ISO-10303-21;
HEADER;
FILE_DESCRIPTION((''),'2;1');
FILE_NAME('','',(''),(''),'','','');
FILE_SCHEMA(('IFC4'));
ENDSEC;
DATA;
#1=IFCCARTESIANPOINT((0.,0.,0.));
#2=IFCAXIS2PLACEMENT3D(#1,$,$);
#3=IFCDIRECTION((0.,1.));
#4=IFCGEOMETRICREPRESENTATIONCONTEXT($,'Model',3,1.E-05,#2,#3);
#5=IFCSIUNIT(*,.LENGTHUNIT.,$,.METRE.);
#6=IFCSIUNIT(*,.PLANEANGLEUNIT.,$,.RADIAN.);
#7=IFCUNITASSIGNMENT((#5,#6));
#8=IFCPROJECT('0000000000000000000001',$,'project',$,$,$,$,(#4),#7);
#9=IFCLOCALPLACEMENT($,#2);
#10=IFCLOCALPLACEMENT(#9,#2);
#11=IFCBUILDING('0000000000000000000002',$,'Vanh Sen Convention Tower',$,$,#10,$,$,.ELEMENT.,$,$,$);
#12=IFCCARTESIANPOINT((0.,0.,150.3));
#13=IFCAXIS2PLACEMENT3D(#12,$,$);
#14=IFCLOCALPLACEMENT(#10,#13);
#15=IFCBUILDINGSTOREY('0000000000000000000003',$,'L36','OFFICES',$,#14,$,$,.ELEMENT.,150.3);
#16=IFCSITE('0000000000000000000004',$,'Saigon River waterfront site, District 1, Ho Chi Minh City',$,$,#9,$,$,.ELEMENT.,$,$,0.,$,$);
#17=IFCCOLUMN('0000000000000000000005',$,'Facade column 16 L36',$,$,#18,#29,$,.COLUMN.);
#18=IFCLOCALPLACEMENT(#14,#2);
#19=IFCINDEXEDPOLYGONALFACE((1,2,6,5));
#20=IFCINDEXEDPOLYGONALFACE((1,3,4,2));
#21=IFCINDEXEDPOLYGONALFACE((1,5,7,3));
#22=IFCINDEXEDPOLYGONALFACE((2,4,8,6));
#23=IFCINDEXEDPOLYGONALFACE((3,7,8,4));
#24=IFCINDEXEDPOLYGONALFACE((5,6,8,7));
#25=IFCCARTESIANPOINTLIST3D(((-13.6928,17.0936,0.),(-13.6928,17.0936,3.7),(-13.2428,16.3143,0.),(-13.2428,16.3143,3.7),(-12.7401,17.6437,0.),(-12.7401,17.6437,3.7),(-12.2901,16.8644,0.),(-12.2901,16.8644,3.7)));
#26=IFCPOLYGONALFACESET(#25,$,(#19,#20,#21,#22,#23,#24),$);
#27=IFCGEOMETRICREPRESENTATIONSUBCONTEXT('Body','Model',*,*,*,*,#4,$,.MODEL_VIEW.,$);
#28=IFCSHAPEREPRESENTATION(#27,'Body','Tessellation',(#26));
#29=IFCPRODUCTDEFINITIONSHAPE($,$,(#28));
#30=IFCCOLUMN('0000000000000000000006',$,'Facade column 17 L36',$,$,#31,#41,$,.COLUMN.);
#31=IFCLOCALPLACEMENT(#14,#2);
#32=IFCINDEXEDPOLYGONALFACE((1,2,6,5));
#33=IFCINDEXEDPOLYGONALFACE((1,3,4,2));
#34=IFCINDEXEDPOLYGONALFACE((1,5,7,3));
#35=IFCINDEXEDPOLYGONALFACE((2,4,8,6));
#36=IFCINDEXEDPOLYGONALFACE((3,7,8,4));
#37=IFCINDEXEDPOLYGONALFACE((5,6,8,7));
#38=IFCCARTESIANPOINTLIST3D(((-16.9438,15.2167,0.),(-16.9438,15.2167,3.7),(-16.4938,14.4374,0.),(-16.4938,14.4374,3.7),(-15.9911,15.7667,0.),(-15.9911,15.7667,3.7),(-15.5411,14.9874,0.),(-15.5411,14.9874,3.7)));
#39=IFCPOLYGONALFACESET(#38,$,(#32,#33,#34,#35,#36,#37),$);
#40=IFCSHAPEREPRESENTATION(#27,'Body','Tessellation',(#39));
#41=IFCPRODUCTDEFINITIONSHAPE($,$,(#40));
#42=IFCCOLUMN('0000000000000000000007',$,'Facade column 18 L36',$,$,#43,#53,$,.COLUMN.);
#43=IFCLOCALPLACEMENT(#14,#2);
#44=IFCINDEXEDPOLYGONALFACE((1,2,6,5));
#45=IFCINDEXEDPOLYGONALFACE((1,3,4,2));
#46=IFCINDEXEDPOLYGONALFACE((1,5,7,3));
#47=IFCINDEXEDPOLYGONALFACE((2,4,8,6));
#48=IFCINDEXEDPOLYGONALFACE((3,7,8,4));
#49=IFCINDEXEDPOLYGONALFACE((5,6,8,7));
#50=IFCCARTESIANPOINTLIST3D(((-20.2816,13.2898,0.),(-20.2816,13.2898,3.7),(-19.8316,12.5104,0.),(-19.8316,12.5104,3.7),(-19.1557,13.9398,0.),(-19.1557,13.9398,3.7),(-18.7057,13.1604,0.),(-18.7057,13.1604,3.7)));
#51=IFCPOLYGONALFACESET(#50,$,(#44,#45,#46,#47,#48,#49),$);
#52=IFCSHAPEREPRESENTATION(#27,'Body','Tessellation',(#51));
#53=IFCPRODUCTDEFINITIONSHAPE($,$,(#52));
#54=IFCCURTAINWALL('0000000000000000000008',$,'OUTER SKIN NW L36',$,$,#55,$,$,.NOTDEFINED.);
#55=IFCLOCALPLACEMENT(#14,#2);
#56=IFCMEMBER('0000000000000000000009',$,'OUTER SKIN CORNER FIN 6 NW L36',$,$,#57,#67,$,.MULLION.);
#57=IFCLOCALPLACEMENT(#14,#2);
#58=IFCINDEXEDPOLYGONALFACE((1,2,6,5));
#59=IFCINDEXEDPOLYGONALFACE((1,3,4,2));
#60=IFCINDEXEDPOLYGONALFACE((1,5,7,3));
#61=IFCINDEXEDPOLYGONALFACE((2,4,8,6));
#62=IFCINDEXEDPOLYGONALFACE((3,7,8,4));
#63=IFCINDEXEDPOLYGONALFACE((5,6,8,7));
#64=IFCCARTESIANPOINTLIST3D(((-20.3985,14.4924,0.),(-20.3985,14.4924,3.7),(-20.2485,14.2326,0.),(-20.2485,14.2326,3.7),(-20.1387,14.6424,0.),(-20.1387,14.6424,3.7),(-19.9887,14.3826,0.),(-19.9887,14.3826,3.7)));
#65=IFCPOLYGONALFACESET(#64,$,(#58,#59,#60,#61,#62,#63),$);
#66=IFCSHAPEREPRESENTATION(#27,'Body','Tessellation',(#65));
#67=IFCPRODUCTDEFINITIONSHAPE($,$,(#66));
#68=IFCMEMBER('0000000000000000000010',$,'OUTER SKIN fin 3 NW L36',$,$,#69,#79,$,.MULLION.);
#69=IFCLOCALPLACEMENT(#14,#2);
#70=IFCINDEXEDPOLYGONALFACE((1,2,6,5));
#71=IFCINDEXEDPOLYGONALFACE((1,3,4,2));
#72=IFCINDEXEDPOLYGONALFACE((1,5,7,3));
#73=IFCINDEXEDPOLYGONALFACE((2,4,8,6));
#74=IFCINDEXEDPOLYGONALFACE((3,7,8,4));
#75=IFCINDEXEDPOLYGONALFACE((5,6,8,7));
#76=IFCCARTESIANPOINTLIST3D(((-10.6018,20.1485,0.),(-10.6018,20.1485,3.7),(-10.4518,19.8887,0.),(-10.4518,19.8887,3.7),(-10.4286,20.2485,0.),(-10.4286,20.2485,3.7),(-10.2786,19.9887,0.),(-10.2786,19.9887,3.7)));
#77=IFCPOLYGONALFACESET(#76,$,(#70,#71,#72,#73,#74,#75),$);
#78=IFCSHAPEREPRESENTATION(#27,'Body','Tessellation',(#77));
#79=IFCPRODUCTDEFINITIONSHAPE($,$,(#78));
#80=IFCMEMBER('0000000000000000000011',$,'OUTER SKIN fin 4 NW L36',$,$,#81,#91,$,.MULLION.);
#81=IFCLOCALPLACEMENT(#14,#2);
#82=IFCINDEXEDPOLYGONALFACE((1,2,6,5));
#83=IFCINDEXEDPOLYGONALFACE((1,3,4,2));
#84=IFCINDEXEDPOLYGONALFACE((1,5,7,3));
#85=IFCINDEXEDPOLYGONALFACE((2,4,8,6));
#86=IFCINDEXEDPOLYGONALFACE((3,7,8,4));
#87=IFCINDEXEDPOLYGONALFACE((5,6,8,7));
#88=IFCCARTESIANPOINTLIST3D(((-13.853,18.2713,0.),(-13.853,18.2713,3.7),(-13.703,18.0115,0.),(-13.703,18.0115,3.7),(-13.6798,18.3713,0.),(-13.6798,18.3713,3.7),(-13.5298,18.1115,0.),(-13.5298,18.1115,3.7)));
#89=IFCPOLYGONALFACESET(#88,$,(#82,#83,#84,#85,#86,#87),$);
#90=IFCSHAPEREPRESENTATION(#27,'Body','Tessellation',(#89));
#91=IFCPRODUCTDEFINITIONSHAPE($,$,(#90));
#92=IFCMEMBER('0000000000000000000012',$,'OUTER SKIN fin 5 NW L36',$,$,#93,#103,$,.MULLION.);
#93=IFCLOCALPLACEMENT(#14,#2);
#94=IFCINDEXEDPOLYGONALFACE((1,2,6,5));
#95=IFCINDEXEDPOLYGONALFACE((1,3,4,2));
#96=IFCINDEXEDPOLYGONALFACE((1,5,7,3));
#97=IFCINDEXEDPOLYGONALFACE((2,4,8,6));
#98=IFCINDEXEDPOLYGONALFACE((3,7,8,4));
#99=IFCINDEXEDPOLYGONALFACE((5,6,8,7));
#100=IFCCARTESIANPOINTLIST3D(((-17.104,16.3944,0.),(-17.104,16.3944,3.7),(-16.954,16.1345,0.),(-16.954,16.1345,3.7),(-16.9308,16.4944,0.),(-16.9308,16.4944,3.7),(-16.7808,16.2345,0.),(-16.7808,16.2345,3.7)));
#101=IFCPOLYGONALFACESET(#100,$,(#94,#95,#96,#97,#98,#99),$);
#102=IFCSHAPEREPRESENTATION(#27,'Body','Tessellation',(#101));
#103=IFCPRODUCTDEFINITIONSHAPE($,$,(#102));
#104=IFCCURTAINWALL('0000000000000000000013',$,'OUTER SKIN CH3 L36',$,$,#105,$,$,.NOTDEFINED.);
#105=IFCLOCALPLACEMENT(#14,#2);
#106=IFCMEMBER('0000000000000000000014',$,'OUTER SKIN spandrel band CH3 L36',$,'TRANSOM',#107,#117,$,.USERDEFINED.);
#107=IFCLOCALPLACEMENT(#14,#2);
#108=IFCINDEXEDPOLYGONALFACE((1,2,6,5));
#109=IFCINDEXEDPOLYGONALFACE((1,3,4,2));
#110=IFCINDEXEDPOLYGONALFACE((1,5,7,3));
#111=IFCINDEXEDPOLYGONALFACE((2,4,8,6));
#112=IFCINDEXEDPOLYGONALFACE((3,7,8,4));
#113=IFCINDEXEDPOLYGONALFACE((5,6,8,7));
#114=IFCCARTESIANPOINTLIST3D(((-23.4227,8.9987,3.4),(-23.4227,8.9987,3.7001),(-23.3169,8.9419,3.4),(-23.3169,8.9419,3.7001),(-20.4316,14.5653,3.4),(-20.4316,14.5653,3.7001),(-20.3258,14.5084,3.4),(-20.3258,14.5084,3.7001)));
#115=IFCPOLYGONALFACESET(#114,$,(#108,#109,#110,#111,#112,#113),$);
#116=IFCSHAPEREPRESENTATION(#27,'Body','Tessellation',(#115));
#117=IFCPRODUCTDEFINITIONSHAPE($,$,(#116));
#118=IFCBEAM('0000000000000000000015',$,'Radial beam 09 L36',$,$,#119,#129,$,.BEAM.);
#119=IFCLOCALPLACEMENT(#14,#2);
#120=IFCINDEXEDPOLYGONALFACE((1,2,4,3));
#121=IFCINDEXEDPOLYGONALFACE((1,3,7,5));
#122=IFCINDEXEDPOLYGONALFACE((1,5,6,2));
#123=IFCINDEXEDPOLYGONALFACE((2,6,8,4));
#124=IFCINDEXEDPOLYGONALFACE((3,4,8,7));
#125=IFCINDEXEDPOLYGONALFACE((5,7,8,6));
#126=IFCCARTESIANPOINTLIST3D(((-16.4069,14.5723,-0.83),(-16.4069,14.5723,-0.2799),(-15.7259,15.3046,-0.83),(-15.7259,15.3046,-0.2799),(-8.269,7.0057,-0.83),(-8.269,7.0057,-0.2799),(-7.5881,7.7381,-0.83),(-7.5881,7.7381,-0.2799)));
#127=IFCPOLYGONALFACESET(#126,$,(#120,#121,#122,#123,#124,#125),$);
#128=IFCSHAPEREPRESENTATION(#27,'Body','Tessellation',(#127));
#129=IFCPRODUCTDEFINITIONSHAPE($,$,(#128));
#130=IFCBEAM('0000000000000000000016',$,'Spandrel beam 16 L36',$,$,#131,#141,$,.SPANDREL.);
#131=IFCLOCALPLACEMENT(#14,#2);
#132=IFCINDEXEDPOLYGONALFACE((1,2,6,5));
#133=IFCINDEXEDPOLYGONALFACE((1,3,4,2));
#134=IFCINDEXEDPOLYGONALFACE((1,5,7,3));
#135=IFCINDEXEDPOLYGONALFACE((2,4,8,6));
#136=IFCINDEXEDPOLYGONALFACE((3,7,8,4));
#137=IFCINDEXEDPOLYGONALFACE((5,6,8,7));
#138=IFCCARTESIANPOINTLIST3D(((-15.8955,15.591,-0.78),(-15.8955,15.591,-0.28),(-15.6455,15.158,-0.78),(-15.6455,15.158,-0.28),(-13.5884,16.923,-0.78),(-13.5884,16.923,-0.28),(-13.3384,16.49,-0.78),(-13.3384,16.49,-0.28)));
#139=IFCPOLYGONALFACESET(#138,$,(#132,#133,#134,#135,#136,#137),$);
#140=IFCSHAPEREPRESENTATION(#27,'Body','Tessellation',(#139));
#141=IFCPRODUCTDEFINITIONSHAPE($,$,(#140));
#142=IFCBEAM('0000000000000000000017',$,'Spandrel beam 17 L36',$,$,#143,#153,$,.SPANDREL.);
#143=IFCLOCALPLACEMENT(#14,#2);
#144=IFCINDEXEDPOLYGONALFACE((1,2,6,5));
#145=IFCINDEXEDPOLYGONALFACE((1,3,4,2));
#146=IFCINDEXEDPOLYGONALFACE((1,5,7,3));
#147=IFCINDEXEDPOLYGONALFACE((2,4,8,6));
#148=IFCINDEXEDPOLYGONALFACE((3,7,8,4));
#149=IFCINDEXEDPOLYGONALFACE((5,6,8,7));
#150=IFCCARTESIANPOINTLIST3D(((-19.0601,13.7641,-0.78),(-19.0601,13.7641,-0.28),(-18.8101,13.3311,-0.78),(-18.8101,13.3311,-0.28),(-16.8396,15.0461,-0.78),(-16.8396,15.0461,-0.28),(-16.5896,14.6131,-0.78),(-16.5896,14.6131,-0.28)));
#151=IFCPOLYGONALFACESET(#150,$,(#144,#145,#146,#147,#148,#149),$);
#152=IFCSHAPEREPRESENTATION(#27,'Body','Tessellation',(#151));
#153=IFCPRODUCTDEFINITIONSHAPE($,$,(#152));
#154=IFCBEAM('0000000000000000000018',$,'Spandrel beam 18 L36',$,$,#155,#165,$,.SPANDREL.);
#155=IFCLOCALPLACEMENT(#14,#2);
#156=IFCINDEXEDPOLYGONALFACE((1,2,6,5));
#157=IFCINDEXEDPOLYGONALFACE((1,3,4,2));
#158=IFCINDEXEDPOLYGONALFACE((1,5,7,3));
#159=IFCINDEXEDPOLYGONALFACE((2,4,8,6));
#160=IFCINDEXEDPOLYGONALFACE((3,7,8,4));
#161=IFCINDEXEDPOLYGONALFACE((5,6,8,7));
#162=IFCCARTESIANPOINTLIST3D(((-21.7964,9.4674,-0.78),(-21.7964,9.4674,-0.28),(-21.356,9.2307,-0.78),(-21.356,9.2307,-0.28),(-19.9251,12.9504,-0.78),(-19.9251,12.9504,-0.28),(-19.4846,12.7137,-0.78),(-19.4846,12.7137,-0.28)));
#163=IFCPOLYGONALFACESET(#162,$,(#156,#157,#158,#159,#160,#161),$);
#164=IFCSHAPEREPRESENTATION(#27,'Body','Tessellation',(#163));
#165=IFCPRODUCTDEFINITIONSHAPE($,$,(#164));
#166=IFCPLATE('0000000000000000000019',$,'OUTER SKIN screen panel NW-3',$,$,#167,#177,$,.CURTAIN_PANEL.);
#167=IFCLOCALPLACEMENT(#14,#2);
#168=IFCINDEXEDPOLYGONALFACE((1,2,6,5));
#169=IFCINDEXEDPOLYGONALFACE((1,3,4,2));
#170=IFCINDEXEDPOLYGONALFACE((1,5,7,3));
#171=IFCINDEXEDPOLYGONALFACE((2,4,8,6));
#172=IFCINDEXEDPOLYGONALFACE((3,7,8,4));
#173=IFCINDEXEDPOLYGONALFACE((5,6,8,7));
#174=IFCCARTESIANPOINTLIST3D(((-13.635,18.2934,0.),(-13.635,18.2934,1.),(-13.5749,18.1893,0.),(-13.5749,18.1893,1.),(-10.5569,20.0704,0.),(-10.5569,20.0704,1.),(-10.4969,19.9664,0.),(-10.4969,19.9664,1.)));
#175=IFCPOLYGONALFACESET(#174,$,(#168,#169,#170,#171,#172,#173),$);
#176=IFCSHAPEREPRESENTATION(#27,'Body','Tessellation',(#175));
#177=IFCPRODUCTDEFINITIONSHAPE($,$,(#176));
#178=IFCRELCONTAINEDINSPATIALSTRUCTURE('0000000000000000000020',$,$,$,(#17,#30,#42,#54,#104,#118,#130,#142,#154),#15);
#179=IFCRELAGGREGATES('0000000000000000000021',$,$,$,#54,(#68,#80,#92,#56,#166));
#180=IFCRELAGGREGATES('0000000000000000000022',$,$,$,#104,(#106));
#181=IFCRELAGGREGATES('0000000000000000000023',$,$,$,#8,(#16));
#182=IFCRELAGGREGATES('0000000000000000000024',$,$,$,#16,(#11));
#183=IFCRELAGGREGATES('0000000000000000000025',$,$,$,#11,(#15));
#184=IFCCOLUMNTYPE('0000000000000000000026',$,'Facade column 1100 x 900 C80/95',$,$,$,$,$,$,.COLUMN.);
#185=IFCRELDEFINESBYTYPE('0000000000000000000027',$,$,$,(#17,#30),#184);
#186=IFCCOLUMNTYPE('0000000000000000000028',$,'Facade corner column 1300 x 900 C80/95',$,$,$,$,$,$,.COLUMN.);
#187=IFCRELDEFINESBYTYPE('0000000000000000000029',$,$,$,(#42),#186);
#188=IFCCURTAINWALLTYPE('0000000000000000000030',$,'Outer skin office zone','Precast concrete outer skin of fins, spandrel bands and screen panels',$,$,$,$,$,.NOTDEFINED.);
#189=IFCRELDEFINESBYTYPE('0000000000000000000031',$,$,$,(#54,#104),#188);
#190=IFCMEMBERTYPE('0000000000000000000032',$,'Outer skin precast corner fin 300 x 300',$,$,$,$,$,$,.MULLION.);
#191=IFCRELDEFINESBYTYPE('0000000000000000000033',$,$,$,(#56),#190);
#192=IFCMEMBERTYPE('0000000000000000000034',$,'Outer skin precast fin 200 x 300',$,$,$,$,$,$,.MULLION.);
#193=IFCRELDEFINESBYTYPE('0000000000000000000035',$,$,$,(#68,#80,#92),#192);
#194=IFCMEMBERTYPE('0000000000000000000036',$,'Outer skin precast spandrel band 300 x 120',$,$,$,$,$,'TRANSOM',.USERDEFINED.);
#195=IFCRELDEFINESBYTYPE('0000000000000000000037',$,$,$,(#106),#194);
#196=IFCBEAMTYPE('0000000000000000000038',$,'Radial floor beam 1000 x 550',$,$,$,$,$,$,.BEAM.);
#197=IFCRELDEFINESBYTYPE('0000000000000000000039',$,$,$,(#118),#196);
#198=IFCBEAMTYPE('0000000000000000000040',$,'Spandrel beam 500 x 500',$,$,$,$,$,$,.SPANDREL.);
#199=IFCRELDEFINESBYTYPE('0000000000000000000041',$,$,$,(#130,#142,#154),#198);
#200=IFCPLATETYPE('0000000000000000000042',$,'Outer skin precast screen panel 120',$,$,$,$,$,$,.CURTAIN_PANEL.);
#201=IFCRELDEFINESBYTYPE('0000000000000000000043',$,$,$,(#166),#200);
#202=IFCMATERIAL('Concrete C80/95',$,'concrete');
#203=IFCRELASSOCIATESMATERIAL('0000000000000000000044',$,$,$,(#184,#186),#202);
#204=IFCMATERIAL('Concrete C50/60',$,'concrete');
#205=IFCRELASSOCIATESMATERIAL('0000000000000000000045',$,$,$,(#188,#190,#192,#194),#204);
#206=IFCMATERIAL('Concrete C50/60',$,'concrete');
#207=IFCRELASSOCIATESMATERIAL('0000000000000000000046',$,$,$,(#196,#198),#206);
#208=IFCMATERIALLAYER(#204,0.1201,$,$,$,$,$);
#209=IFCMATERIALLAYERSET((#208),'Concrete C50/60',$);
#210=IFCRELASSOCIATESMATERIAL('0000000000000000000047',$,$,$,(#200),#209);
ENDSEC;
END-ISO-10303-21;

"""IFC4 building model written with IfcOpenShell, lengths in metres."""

from ifc_helpers import new_model, si_unit, direction, frame, origin, origin_2d, place, context, subcontext, project, spatial, rectangle, extrude, material, layer, layer_set, material_profile, profile_set, type_object, element, aggregate, save


model = new_model("IFC4")

# Units and contexts
model_context = context("Model", 3, precision=1e-05, world=origin(), true_north=direction((0.0, 1.0)))
body_context = subcontext(model_context, "Body", "Model", "MODEL_VIEW")
ifc_project = project(units=[si_unit("LENGTHUNIT", "METRE"), si_unit("PLANEANGLEUNIT", "RADIAN")], contexts=[model_context])

# Site, building, storey
site_placement = place(None, origin())
site = spatial("IfcSite", under=ifc_project, at=site_placement, Name="Saigon River waterfront site, District 1, Ho Chi Minh City", CompositionType="ELEMENT", RefElevation=0.0)
building_placement = place(site_placement, origin())
building = spatial("IfcBuilding", under=site, at=building_placement, Name="Vanh Sen Convention Tower", CompositionType="ELEMENT")
storey_placement = place(building_placement, frame((0.0, 0.0, 150.3)))
storey = spatial("IfcBuildingStorey", under=building, at=storey_placement, Name="L36", Description="OFFICES", CompositionType="ELEMENT", Elevation=150.3)

# Columns
ifc_material_1 = material(Name="Concrete C80/95", Category="concrete")
ifc_material_profile_1 = material_profile(ifc_material_1, rectangle(XDim=1.1001, YDim=0.8999, at=origin_2d()), Name="RC 1100X900")
ifc_profile_set_1 = profile_set([ifc_material_profile_1], Name="Concrete C80/95")
column_type_1 = type_object("IfcColumnType", Name="Facade column 1100 x 900 C80/95", PredefinedType="COLUMN", material=ifc_profile_set_1)
for number, where, z_axis, x_axis, name in (
    (1, (-12.9915, 16.979, 0.0), (0.0, 0.0, 1.0), (-0.866025, -0.5, 0.0), "Facade column 16 L36"),
    (2, (-16.2424, 15.1021, 0.0), (0.0, 0.0, 1.0), (-0.866025, -0.5, 0.0), "Facade column 17 L36"),
):
    element("IfcColumn", number, at=place(storey_placement, frame(where, z_axis=z_axis, x_axis=x_axis)), inside=storey, type_object=column_type_1, Name=name, PredefinedType="COLUMN", context=body_context, shape_type="SweptSolid", body=[
        extrude(rectangle(XDim=1.1001, YDim=0.8999, at=origin_2d()), origin(), (0.0, 0.0, 1.0), 3.7),
    ])
ifc_material_profile_2 = material_profile(ifc_material_1, rectangle(XDim=1.3, YDim=0.8999, at=origin_2d()), Name="RC 1300X900")
ifc_profile_set_2 = profile_set([ifc_material_profile_2], Name="Concrete C80/95")
column_type_2 = type_object("IfcColumnType", Name="Facade corner column 1300 x 900 C80/95", PredefinedType="COLUMN", material=ifc_profile_set_2)
column_placement = place(storey_placement, frame((-19.4937, 13.2251, 0.0), z_axis=(0.0, 0.0, 1.0), x_axis=(-0.866025, -0.5, 0.0)))
element("IfcColumn", 3, at=column_placement, inside=storey, type_object=column_type_2, Name="Facade column 18 L36", PredefinedType="COLUMN", context=body_context, shape_type="SweptSolid", body=[
    extrude(rectangle(XDim=1.3, YDim=0.8999, at=origin_2d()), origin(), (0.0, 0.0, 1.0), 3.7),
])

# Curtain wall, members
ifc_material_2 = material(Name="Concrete C50/60", Category="concrete")
curtain_wall_type = type_object("IfcCurtainWallType", Name="Outer skin office zone", Description="Precast concrete outer skin of fins, spandrel bands and screen panels", PredefinedType="NOTDEFINED", material=ifc_material_2)
curtain_wall_1_placement = place(storey_placement, origin())
curtain_wall_1 = element("IfcCurtainWall", 4, at=curtain_wall_1_placement, inside=storey, type_object=curtain_wall_type, Name="OUTER SKIN NW L36", PredefinedType="NOTDEFINED")
ifc_material_profile_3 = material_profile(ifc_material_2, rectangle(XDim=0.3, YDim=0.3, at=origin_2d()), Name="Outer skin precast corner fin 300 x 300")
ifc_profile_set_3 = profile_set([ifc_material_profile_3], Name="Concrete C50/60")
member_type_1 = type_object("IfcMemberType", Name="Outer skin precast corner fin 300 x 300", PredefinedType="MULLION", material=ifc_profile_set_3)
member_1_placement = place(storey_placement, frame((-20.1936, 14.4375, 0.0), z_axis=(0.0, 0.0, 1.0), x_axis=(-0.866025, -0.5, 0.0)))
member_1 = element("IfcMember", 5, at=member_1_placement, type_object=member_type_1, Name="OUTER SKIN CORNER FIN 6 NW L36", PredefinedType="MULLION", context=body_context, shape_type="SweptSolid", body=[
    extrude(rectangle(XDim=0.3, YDim=0.3, at=origin_2d()), origin(), (0.0, 0.0, 1.0), 3.7),
])
ifc_material_profile_4 = material_profile(ifc_material_2, rectangle(XDim=0.2, YDim=0.3, at=origin_2d()), Name="Outer skin precast fin 200 x 300")
ifc_profile_set_4 = profile_set([ifc_material_profile_4], Name="Concrete C50/60")
member_type_2 = type_object("IfcMemberType", Name="Outer skin precast fin 200 x 300", PredefinedType="MULLION", material=ifc_profile_set_4)
member_2_placement = place(storey_placement, frame((-10.4402, 20.0686, 0.0), z_axis=(0.0, 0.0, 1.0), x_axis=(-0.866025, -0.5, 0.0)))
member_2 = element("IfcMember", 6, at=member_2_placement, type_object=member_type_2, Name="OUTER SKIN fin 3 NW L36", PredefinedType="MULLION", context=body_context, shape_type="SweptSolid", body=[
    extrude(rectangle(XDim=0.2, YDim=0.3, at=origin_2d()), origin(), (0.0, 0.0, 1.0), 3.7),
])
member_3_placement = place(storey_placement, frame((-13.6914, 18.1914, 0.0), z_axis=(0.0, 0.0, 1.0), x_axis=(-0.866025, -0.5, 0.0)))
member_3 = element("IfcMember", 7, at=member_3_placement, type_object=member_type_2, Name="OUTER SKIN fin 4 NW L36", PredefinedType="MULLION", context=body_context, shape_type="SweptSolid", body=[
    extrude(rectangle(XDim=0.2, YDim=0.3, at=origin_2d()), origin(), (0.0, 0.0, 1.0), 3.7),
])
member_4_placement = place(storey_placement, frame((-16.9424, 16.3145, 0.0), z_axis=(0.0, 0.0, 1.0), x_axis=(-0.866025, -0.5, 0.0)))
member_4 = element("IfcMember", 8, at=member_4_placement, type_object=member_type_2, Name="OUTER SKIN fin 5 NW L36", PredefinedType="MULLION", context=body_context, shape_type="SweptSolid", body=[
    extrude(rectangle(XDim=0.2, YDim=0.3, at=origin_2d()), origin(), (0.0, 0.0, 1.0), 3.7),
])

# Curtain wall, member
curtain_wall_2_placement = place(storey_placement, origin())
curtain_wall_2 = element("IfcCurtainWall", 9, at=curtain_wall_2_placement, inside=storey, type_object=curtain_wall_type, Name="OUTER SKIN CH3 L36", PredefinedType="NOTDEFINED")
ifc_material_profile_5 = material_profile(ifc_material_2, rectangle(XDim=0.1201, YDim=0.3, at=origin_2d()), Name="Outer skin precast spandrel band 300 x 120")
ifc_profile_set_5 = profile_set([ifc_material_profile_5], Name="Concrete C50/60")
member_type_3 = type_object("IfcMemberType", Name="Outer skin precast spandrel band 300 x 120", ElementType="TRANSOM", PredefinedType="USERDEFINED", material=ifc_profile_set_5)
member_5_placement = place(storey_placement, frame((-20.3787, 14.5369, 3.55), z_axis=(-0.473337, -0.880881, 0.0), x_axis=(0.880881, -0.473337, 0.0)))
member_5 = element("IfcMember", 10, at=member_5_placement, type_object=member_type_3, Name="OUTER SKIN spandrel band CH3 L36", ObjectType="TRANSOM", PredefinedType="USERDEFINED", context=body_context, shape_type="SweptSolid", body=[
    extrude(rectangle(XDim=0.1201, YDim=0.3, at=origin_2d()), origin(), (0.0, 0.0, 1.0), 6.3193),
])

# Beams
ifc_material_3 = material(Name="Concrete C50/60", Category="concrete")
ifc_material_profile_6 = material_profile(ifc_material_3, rectangle(XDim=1.0, YDim=0.55, at=origin_2d()), Name="RC 1000X550")
ifc_profile_set_6 = profile_set([ifc_material_profile_6], Name="Concrete C50/60")
beam_type_1 = type_object("IfcBeamType", Name="Radial floor beam 1000 x 550", PredefinedType="BEAM", material=ifc_profile_set_6)
beam_1_placement = place(storey_placement, frame((-16.0664, 14.9385, -0.5549), z_axis=(0.732345, -0.680934, 0.0), x_axis=(0.680934, 0.732345, 0.0)))
element("IfcBeam", 11, at=beam_1_placement, inside=storey, type_object=beam_type_1, Name="Radial beam 09 L36", PredefinedType="BEAM", context=body_context, shape_type="SweptSolid", body=[
    extrude(rectangle(XDim=1.0, YDim=0.55, at=origin_2d()), origin(), (0.0, 0.0, 1.0), 11.1121),
])
ifc_material_profile_7 = material_profile(ifc_material_3, rectangle(XDim=0.5, YDim=0.5, at=origin_2d()), Name="RC 500X500")
ifc_profile_set_7 = profile_set([ifc_material_profile_7], Name="Concrete C50/60")
beam_type_2 = type_object("IfcBeamType", Name="Spandrel beam 500 x 500", PredefinedType="SPANDREL", material=ifc_profile_set_7)
beam_2_placement = place(storey_placement, frame((-13.4634, 16.7065, -0.53), z_axis=(-0.866024, -0.500003, 0.0), x_axis=(0.500003, -0.866024, 0.0)))
element("IfcBeam", 12, at=beam_2_placement, inside=storey, type_object=beam_type_2, Name="Spandrel beam 16 L36", PredefinedType="SPANDREL", context=body_context, shape_type="SweptSolid", body=[
    extrude(rectangle(XDim=0.5, YDim=0.5, at=origin_2d()), origin(), (0.0, 0.0, 1.0), 2.6641),
])
beam_3_placement = place(storey_placement, frame((-16.7146, 14.8296, -0.53), z_axis=(-0.866025, -0.5, 0.0), x_axis=(0.5, -0.866025, 0.0)))
element("IfcBeam", 13, at=beam_3_placement, inside=storey, type_object=beam_type_2, Name="Spandrel beam 17 L36", PredefinedType="SPANDREL", context=body_context, shape_type="SweptSolid", body=[
    extrude(rectangle(XDim=0.5, YDim=0.5, at=origin_2d()), origin(), (0.0, 0.0, 1.0), 2.564),
])
beam_4_placement = place(storey_placement, frame((-19.7048, 12.832, -0.53), z_axis=(-0.473301, -0.880901, 0.0), x_axis=(0.880901, -0.473301, 0.0)))
element("IfcBeam", 14, at=beam_4_placement, inside=storey, type_object=beam_type_2, Name="Spandrel beam 18 L36", PredefinedType="SPANDREL", context=body_context, shape_type="SweptSolid", body=[
    extrude(rectangle(XDim=0.5, YDim=0.5, at=origin_2d()), origin(), (0.0, 0.0, 1.0), 3.9539),
])

# Plate
ifc_layer_1 = layer(ifc_material_2, 0.1201)
ifc_layer_set_1 = layer_set([ifc_layer_1], Name="Concrete C50/60")
plate_type = type_object("IfcPlateType", Name="Outer skin precast screen panel 120", PredefinedType="CURTAIN_PANEL", material=ifc_layer_set_1)
plate_1_placement = place(storey_placement, frame((-12.0659, 19.1299, 0.0), z_axis=(0.0, 0.0, 1.0), x_axis=(-0.866035, -0.499983, 0.0)))
plate_1 = element("IfcPlate", 15, at=plate_1_placement, type_object=plate_type, Name="OUTER SKIN screen panel NW-3", PredefinedType="CURTAIN_PANEL", context=body_context, shape_type="SweptSolid", body=[
    extrude(rectangle(XDim=3.5542, YDim=0.1201, at=origin_2d()), origin(), (0.0, 0.0, 1.0), 1.0),
])
aggregate(curtain_wall_1, [member_2, member_3, member_4, member_1, plate_1])
aggregate(curtain_wall_2, [member_5])

save(model, "model.ifc")
